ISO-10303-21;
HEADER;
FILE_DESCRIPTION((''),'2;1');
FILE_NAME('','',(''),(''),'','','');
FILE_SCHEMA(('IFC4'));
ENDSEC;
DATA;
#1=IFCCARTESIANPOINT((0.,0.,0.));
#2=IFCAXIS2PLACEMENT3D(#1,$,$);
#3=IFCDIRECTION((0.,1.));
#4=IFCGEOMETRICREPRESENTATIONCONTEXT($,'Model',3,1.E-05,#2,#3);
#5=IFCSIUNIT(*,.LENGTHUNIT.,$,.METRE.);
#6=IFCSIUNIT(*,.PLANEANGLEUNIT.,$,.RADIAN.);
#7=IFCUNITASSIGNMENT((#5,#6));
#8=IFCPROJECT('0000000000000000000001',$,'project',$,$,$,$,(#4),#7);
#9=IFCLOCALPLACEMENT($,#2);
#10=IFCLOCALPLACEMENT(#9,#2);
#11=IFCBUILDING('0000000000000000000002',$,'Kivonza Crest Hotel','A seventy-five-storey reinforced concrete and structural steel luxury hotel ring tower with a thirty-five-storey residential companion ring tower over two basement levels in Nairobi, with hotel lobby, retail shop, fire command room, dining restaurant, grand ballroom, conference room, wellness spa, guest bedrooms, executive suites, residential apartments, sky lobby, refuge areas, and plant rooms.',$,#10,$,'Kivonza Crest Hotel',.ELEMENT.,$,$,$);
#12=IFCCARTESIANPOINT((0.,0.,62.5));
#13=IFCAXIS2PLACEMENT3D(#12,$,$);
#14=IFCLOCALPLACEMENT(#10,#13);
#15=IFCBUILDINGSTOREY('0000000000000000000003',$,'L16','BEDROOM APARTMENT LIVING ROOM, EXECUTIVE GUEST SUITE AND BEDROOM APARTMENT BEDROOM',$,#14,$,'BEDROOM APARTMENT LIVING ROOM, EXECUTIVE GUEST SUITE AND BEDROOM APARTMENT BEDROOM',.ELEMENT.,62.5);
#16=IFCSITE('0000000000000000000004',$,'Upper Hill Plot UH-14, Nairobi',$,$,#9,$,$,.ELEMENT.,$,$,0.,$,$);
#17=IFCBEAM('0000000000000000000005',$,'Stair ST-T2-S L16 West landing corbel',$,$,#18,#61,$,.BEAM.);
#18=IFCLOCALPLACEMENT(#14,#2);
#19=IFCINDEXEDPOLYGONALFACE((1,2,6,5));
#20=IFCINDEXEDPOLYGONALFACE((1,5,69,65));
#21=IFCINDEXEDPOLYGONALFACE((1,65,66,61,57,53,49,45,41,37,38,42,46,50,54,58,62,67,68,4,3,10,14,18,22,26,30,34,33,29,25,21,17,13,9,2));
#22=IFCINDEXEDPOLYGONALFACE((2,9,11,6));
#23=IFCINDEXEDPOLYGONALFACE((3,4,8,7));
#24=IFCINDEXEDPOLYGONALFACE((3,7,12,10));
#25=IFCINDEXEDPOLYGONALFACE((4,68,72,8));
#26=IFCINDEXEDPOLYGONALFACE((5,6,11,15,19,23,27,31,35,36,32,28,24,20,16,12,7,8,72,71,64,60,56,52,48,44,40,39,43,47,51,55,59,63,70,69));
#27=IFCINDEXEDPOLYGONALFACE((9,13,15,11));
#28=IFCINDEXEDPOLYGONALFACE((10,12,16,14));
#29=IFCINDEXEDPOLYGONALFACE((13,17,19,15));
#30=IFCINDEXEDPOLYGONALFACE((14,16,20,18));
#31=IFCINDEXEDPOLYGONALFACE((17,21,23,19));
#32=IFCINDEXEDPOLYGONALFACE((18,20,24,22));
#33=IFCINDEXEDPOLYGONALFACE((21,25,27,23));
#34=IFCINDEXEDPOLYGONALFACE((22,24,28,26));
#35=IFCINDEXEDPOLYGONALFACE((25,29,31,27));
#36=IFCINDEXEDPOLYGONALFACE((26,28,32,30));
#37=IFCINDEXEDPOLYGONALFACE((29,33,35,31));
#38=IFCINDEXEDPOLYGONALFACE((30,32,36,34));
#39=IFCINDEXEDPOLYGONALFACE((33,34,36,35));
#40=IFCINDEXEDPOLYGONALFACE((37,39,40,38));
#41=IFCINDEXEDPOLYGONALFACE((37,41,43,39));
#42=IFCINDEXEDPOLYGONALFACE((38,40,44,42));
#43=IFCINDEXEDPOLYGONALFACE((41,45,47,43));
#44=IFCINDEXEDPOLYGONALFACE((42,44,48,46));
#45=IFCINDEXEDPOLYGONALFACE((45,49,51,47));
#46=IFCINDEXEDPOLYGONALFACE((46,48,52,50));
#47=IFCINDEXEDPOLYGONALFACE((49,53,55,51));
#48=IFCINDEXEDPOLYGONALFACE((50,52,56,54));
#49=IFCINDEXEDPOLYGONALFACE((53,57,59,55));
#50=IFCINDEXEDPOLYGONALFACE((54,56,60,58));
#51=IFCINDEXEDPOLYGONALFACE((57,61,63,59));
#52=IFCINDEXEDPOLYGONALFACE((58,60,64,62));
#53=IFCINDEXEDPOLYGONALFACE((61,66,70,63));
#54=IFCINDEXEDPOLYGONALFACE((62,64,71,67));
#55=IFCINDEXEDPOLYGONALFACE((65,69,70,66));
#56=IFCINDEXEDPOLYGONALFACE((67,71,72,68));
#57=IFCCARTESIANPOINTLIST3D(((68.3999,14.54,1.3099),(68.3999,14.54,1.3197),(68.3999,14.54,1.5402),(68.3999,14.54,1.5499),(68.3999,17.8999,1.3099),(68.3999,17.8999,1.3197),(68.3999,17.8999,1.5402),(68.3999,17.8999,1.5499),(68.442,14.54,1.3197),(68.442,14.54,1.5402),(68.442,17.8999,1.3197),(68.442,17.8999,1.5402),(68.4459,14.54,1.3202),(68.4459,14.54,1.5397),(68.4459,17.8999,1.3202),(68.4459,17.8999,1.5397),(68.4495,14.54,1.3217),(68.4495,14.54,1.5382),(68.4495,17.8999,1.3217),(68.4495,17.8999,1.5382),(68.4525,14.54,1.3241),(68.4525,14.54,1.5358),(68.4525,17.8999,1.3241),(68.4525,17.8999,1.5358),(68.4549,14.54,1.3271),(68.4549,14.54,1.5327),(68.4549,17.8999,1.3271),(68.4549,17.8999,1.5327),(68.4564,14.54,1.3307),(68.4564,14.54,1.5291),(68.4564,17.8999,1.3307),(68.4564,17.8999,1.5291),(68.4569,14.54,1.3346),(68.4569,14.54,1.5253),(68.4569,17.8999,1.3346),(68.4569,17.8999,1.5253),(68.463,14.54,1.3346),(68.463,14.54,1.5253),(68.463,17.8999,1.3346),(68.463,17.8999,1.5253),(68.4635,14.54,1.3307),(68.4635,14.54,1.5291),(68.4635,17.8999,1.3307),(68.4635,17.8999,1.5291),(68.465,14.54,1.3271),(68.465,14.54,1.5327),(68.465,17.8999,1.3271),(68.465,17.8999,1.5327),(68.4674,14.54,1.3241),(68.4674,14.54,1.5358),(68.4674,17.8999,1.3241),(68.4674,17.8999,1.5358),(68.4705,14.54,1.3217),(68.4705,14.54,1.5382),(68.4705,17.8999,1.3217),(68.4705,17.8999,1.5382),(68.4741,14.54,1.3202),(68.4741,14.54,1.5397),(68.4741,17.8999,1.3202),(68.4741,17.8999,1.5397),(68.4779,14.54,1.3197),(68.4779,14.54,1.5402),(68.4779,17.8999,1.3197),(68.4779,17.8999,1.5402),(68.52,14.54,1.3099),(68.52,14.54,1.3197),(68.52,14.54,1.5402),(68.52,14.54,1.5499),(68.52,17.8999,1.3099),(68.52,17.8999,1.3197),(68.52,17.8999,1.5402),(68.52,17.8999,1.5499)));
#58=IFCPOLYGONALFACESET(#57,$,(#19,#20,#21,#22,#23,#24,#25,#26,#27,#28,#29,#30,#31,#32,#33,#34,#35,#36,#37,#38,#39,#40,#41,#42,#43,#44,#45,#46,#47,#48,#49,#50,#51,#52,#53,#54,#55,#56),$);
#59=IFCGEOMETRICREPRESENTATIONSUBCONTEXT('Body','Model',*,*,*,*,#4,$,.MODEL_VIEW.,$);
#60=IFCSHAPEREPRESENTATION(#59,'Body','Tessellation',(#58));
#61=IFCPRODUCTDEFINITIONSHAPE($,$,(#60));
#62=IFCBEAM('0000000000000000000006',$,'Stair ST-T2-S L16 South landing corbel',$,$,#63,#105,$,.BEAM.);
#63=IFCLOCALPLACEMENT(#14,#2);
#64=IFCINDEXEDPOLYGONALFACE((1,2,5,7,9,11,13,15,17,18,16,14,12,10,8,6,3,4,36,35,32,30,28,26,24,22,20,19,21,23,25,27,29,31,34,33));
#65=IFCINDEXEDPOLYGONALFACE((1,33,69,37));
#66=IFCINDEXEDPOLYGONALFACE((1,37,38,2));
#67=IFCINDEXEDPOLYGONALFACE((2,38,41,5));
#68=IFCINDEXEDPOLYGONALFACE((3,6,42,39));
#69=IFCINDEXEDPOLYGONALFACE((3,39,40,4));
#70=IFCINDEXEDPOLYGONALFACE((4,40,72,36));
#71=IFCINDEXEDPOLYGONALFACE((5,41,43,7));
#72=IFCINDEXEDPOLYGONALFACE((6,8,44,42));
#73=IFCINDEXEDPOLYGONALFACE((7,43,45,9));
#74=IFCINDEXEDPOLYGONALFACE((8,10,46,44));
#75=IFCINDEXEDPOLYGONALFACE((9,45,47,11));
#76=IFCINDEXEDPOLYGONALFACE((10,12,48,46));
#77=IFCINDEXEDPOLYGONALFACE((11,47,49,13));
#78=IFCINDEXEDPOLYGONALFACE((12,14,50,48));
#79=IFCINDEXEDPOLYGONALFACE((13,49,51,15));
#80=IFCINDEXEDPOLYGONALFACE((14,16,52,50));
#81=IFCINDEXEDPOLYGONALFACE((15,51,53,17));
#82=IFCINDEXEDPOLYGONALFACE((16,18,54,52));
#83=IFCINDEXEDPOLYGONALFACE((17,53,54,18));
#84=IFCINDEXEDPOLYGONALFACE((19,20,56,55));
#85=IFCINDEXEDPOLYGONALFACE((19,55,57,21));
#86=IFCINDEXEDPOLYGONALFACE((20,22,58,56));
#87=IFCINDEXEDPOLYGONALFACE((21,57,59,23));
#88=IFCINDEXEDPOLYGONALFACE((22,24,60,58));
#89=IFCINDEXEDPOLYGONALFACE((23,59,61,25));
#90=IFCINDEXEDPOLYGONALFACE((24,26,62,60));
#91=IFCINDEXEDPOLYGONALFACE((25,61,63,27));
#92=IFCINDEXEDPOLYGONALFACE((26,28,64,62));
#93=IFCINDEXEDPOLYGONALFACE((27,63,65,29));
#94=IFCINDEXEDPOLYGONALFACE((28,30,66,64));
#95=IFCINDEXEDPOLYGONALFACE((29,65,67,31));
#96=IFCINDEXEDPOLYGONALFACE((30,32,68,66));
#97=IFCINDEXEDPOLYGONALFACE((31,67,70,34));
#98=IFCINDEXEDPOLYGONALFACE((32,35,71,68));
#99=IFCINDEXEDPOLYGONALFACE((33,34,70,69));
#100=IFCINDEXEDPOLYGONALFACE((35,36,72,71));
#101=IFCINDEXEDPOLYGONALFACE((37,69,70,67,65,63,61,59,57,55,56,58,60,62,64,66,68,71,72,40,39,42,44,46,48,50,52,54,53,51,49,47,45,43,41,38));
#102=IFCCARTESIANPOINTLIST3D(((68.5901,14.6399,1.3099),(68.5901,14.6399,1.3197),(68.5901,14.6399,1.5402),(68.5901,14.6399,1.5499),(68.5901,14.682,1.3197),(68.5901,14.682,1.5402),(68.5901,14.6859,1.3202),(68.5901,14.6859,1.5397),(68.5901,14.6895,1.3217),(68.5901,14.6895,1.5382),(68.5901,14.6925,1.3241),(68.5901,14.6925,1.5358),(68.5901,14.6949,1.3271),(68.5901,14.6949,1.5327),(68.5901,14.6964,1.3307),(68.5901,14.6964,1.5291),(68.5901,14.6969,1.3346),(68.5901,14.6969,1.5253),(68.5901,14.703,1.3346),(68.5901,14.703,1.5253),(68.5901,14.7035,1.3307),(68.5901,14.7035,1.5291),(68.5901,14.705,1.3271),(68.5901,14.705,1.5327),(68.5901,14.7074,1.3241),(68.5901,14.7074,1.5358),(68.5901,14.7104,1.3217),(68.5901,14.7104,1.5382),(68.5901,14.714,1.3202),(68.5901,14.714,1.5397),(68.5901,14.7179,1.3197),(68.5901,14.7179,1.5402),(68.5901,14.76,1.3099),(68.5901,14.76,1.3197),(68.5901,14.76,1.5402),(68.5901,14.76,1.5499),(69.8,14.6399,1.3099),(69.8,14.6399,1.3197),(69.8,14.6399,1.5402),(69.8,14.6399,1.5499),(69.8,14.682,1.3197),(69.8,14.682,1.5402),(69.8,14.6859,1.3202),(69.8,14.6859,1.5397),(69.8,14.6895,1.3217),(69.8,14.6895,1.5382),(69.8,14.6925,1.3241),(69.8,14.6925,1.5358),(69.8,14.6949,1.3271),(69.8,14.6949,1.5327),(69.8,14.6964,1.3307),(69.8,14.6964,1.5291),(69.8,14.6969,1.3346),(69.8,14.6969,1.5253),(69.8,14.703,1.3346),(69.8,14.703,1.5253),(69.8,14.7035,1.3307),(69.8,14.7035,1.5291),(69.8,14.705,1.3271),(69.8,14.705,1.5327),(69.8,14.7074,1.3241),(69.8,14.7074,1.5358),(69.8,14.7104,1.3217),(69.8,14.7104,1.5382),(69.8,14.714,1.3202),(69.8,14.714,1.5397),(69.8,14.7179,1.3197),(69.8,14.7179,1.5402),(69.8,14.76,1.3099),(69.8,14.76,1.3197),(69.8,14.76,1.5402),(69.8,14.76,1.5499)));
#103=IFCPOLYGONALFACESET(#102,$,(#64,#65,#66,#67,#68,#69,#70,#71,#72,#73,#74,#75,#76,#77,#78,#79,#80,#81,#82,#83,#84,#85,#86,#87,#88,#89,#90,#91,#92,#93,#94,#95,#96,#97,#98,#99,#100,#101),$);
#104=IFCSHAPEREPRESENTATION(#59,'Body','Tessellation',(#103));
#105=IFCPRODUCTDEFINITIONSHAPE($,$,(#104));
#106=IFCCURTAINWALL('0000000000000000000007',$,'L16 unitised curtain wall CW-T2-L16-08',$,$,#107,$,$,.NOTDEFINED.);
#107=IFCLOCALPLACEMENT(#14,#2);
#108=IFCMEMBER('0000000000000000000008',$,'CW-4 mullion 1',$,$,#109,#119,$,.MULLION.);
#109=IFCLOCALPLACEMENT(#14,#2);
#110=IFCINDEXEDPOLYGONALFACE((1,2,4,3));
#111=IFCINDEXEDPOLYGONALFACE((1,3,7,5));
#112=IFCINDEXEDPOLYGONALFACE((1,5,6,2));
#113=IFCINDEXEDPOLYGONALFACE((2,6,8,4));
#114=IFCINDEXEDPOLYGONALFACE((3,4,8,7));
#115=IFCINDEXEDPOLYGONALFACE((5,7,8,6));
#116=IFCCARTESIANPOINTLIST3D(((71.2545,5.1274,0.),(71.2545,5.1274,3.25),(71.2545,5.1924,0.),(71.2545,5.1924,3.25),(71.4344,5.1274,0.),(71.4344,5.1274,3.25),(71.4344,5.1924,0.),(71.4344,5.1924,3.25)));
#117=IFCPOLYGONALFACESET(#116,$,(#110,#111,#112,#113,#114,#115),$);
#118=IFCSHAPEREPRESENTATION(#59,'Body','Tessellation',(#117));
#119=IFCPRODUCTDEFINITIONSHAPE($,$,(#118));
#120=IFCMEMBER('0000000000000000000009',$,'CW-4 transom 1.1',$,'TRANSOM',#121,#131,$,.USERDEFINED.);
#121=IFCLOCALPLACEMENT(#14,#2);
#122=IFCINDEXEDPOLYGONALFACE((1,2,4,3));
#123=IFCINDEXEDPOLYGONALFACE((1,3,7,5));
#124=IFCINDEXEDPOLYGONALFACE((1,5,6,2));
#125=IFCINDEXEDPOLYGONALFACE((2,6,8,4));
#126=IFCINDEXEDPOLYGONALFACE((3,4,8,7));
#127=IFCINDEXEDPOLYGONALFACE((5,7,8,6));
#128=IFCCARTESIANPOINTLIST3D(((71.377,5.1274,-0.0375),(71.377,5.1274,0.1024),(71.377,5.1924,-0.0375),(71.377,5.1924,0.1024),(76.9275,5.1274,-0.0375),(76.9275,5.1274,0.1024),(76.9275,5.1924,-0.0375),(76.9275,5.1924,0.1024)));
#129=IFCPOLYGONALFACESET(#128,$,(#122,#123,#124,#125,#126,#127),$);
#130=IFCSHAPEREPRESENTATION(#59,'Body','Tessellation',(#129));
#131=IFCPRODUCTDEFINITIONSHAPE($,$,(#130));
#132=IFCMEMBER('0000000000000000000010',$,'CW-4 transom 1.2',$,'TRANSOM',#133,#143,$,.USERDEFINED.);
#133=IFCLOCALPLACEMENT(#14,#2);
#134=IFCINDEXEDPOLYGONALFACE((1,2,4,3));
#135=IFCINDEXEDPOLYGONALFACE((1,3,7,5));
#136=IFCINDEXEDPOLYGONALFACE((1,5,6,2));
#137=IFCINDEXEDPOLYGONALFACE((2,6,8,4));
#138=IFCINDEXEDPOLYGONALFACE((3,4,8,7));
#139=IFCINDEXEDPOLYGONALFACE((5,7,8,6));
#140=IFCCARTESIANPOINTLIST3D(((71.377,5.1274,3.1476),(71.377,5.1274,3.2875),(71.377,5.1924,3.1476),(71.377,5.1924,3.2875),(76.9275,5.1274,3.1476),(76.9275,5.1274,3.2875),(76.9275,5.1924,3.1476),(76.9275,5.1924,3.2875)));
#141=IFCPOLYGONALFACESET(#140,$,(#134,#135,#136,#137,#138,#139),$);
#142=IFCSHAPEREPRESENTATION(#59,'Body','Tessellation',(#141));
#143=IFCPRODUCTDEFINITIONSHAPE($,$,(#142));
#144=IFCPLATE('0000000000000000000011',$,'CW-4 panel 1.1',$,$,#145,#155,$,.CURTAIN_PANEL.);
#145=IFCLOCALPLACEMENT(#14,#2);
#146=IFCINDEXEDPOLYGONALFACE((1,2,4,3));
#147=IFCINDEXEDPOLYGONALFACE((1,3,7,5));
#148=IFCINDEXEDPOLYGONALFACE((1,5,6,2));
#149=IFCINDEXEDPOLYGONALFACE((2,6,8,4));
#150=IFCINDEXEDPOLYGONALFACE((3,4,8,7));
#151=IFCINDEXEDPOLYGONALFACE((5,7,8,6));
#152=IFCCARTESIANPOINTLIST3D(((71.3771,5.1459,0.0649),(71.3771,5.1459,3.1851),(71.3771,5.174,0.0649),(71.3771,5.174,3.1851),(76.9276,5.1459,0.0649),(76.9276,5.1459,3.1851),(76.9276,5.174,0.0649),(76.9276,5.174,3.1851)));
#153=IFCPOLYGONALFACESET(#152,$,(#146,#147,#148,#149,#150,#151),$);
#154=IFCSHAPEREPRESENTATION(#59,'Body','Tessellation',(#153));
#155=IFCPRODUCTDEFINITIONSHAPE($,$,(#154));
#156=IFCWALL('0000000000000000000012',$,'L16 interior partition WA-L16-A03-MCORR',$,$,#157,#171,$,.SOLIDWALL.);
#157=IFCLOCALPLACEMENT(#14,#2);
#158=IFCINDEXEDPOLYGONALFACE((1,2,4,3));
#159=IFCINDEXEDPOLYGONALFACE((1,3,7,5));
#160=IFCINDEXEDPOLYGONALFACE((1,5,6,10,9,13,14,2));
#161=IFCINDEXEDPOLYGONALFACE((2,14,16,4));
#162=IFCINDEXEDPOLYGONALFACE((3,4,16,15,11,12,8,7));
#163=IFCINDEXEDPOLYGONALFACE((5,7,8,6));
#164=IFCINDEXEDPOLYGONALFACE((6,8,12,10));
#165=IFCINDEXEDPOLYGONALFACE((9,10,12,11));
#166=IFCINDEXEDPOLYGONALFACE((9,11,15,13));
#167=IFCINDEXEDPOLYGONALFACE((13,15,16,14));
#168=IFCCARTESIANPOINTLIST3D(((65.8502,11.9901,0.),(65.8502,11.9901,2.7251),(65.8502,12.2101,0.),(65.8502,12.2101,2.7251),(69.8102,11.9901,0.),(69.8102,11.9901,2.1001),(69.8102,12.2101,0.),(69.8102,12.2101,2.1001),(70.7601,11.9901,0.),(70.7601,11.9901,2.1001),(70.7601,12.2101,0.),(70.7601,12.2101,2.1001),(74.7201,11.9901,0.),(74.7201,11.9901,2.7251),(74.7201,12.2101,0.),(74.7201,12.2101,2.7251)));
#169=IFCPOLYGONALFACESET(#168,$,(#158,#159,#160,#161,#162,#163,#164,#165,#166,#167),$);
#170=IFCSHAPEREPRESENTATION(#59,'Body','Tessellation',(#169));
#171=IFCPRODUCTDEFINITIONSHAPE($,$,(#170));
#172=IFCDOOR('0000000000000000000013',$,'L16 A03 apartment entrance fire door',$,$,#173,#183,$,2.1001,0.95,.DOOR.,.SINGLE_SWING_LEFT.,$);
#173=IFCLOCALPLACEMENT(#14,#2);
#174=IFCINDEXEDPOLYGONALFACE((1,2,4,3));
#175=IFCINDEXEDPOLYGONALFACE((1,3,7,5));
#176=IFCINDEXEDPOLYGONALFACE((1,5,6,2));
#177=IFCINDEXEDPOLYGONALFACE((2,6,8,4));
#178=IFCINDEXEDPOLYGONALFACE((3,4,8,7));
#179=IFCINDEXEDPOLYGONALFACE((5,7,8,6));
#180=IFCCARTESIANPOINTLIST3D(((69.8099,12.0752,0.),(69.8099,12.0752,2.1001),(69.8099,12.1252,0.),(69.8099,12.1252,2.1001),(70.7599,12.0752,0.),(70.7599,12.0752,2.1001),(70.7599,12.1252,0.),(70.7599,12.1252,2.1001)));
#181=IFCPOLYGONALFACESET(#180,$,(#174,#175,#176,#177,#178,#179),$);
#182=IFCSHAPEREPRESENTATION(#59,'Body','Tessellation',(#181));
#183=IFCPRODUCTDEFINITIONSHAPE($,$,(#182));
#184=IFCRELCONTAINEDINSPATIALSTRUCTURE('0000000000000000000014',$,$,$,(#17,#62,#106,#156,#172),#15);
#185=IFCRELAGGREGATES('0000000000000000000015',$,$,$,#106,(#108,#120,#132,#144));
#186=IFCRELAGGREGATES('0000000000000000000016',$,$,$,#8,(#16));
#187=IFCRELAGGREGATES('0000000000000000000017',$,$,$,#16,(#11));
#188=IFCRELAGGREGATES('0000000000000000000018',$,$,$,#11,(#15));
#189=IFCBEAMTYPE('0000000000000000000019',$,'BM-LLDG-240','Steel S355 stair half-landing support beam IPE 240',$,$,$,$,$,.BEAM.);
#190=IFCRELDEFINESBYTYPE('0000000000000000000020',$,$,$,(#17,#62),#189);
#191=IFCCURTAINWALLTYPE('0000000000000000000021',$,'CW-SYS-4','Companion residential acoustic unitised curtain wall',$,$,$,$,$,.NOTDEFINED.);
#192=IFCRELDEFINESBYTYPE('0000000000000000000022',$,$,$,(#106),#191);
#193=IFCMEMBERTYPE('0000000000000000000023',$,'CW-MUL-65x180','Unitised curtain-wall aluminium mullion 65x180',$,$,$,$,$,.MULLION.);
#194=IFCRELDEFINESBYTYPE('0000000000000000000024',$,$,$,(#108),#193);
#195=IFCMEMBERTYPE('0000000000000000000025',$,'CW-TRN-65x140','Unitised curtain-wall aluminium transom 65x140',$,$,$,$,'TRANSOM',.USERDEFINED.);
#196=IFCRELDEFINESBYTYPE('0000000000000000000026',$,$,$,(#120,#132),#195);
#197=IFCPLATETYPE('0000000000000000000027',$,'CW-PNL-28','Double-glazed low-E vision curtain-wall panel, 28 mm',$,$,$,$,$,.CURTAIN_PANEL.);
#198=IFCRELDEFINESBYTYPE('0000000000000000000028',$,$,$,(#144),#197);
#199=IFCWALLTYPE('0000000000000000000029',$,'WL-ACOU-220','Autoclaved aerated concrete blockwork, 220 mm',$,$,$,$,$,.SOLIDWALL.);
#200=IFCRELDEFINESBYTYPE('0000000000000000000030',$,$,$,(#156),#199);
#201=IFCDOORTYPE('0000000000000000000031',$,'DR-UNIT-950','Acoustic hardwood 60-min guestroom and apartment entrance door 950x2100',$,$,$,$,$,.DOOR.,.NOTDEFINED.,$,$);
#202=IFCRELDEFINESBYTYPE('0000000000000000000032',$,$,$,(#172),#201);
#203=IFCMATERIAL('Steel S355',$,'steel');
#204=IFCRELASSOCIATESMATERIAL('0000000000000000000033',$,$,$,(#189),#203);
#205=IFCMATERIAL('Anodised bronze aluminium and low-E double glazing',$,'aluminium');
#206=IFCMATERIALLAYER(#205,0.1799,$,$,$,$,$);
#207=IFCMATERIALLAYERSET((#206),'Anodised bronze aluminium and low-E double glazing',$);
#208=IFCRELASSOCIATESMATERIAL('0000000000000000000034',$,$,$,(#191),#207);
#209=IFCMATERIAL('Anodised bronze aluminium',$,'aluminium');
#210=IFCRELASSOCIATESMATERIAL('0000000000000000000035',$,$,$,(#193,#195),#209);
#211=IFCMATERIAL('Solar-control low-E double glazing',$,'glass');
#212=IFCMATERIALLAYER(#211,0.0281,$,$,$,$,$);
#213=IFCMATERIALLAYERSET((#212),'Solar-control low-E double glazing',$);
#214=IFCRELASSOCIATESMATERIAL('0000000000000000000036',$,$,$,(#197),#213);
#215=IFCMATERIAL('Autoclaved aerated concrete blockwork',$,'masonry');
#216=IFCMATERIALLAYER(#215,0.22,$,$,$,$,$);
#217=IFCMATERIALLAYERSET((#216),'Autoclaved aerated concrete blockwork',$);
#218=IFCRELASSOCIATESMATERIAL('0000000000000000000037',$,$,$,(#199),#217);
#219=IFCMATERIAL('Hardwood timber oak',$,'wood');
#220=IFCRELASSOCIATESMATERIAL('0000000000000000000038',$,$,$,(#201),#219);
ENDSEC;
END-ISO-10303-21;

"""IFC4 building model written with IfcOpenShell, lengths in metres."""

from ifc_helpers import new_model, si_unit, direction, frame, frame_2d, origin, origin_2d, place, context, subcontext, project, spatial, rectangle, i_section, extrude, material, layer, layer_set, material_profile, profile_set, type_object, element, fill, aggregate, save


model = new_model("IFC4")

# Units and contexts
model_context = context("Model", 3, precision=1e-05, world=origin(), true_north=direction((0.0, 1.0)))
body_context = subcontext(model_context, "Body", "Model", "MODEL_VIEW")
ifc_project = project(units=[si_unit("LENGTHUNIT", "METRE"), si_unit("PLANEANGLEUNIT", "RADIAN")], contexts=[model_context])

# Site, building, storey
site_placement = place(None, origin())
site = spatial("IfcSite", under=ifc_project, at=site_placement, Name="Upper Hill Plot UH-14, Nairobi", CompositionType="ELEMENT", RefElevation=0.0)
building_placement = place(site_placement, origin())
building = spatial("IfcBuilding", under=site, at=building_placement, Name="Kivonza Crest Hotel", Description="A seventy-five-storey reinforced concrete and structural steel luxury hotel ring tower with a thirty-five-storey residential companion ring tower over two basement levels in Nairobi, with hotel lobby, retail shop, fire command room, dining restaurant, grand ballroom, conference room, wellness spa, guest bedrooms, executive suites, residential apartments, sky lobby, refuge areas, and plant rooms.", LongName="Kivonza Crest Hotel", CompositionType="ELEMENT")
storey_placement = place(building_placement, frame((0.0, 0.0, 62.5)))
storey = spatial("IfcBuildingStorey", under=building, at=storey_placement, Name="L16", Description="BEDROOM APARTMENT LIVING ROOM, EXECUTIVE GUEST SUITE AND BEDROOM APARTMENT BEDROOM", LongName="BEDROOM APARTMENT LIVING ROOM, EXECUTIVE GUEST SUITE AND BEDROOM APARTMENT BEDROOM", CompositionType="ELEMENT", Elevation=62.5)

# Beams
ifc_material_1 = material(Name="Steel S355", Category="steel")
ifc_material_profile_1 = material_profile(ifc_material_1, i_section(OverallWidth=0.1201, OverallDepth=0.24, WebThickness=0.0061, FlangeThickness=0.0098, FilletRadius=0.0149, at=origin_2d()), Name="IPE 240")
ifc_profile_set_1 = profile_set([ifc_material_profile_1], Name="Steel S355")
beam_type_1 = type_object("IfcBeamType", Name="BM-LLDG-240", Description="Steel S355 stair half-landing support beam IPE 240", PredefinedType="BEAM", material=ifc_profile_set_1)
beam_1_placement = place(storey_placement, frame((68.46, 14.54, 1.4299), z_axis=(0.0, 1.0, 0.0), x_axis=(-1.0, 0.0, 0.0)))
element("IfcBeam", 1, at=beam_1_placement, inside=storey, type_object=beam_type_1, Name="Stair ST-T2-S L16 West landing corbel", PredefinedType="BEAM", context=body_context, shape_type="SweptSolid", body=[
    extrude(i_section(OverallWidth=0.1201, OverallDepth=0.24, WebThickness=0.0061, FlangeThickness=0.0098, FilletRadius=0.0149, at=origin_2d()), origin(), (0.0, 0.0, 1.0), 3.3599),
])
beam_2_placement = place(storey_placement, frame((68.5901, 14.7, 1.4299), z_axis=(1.0, 0.0, 0.0), x_axis=(0.0, 1.0, 0.0)))
element("IfcBeam", 2, at=beam_2_placement, inside=storey, type_object=beam_type_1, Name="Stair ST-T2-S L16 South landing corbel", PredefinedType="BEAM", context=body_context, shape_type="SweptSolid", body=[
    extrude(i_section(OverallWidth=0.1201, OverallDepth=0.24, WebThickness=0.0061, FlangeThickness=0.0098, FilletRadius=0.0149, at=origin_2d()), origin(), (0.0, 0.0, 1.0), 1.21),
])

# Curtain wall, members, plate
ifc_material_2 = material(Name="Anodised bronze aluminium and low-E double glazing", Category="aluminium")
ifc_layer_1 = layer(ifc_material_2, 0.1799)
ifc_layer_set_1 = layer_set([ifc_layer_1], Name="Anodised bronze aluminium and low-E double glazing")
curtain_wall_type = type_object("IfcCurtainWallType", Name="CW-SYS-4", Description="Companion residential acoustic unitised curtain wall", PredefinedType="NOTDEFINED", material=ifc_layer_set_1)
curtain_wall_placement = place(storey_placement, origin())
curtain_wall = element("IfcCurtainWall", 3, at=curtain_wall_placement, inside=storey, type_object=curtain_wall_type, Name="L16 unitised curtain wall CW-T2-L16-08", PredefinedType="NOTDEFINED")
ifc_material_3 = material(Name="Anodised bronze aluminium", Category="aluminium")
ifc_material_profile_2 = material_profile(ifc_material_3, rectangle(XDim=0.0649, YDim=0.1799, at=origin_2d()), Name="CW-M 65x180")
ifc_profile_set_2 = profile_set([ifc_material_profile_2], Name="Anodised bronze aluminium")
member_type_1 = type_object("IfcMemberType", Name="CW-MUL-65x180", Description="Unitised curtain-wall aluminium mullion 65x180", PredefinedType="MULLION", material=ifc_profile_set_2)
member_1_placement = place(storey_placement, frame((71.3445, 5.1599, 0.0), z_axis=(0.0, 0.0, 1.0), x_axis=(0.0, 1.0, 0.0)))
member_1 = element("IfcMember", 4, at=member_1_placement, type_object=member_type_1, Name="CW-4 mullion 1", PredefinedType="MULLION", context=body_context, shape_type="SweptSolid", body=[
    extrude(rectangle(XDim=0.0649, YDim=0.1799, at=origin_2d()), origin(), (0.0, 0.0, 1.0), 3.25),
])
ifc_material_profile_3 = material_profile(ifc_material_3, rectangle(XDim=0.0649, YDim=0.1399, at=origin_2d()), Name="CW-T 65x140")
ifc_profile_set_3 = profile_set([ifc_material_profile_3], Name="Anodised bronze aluminium")
member_type_2 = type_object("IfcMemberType", Name="CW-TRN-65x140", Description="Unitised curtain-wall aluminium transom 65x140", ElementType="TRANSOM", PredefinedType="USERDEFINED", material=ifc_profile_set_3)
member_2_placement = place(storey_placement, frame((71.377, 5.1599, 0.0325), z_axis=(1.0, 0.0, 0.0), x_axis=(0.0, 1.0, 0.0)))
member_2 = element("IfcMember", 5, at=member_2_placement, type_object=member_type_2, Name="CW-4 transom 1.1", ObjectType="TRANSOM", PredefinedType="USERDEFINED", context=body_context, shape_type="SweptSolid", body=[
    extrude(rectangle(XDim=0.0649, YDim=0.1399, at=origin_2d()), origin(), (0.0, 0.0, 1.0), 5.5505),
])
member_3_placement = place(storey_placement, frame((71.377, 5.1599, 3.2175), z_axis=(1.0, 0.0, 0.0), x_axis=(0.0, 1.0, 0.0)))
member_3 = element("IfcMember", 6, at=member_3_placement, type_object=member_type_2, Name="CW-4 transom 1.2", ObjectType="TRANSOM", PredefinedType="USERDEFINED", context=body_context, shape_type="SweptSolid", body=[
    extrude(rectangle(XDim=0.0649, YDim=0.1399, at=origin_2d()), origin(), (0.0, 0.0, 1.0), 5.5505),
])
ifc_material_4 = material(Name="Solar-control low-E double glazing", Category="glass")
ifc_layer_2 = layer(ifc_material_4, 0.0281)
ifc_layer_set_2 = layer_set([ifc_layer_2], Name="Solar-control low-E double glazing")
plate_type = type_object("IfcPlateType", Name="CW-PNL-28", Description="Double-glazed low-E vision curtain-wall panel, 28 mm", PredefinedType="CURTAIN_PANEL", material=ifc_layer_set_2)
plate_placement = place(storey_placement, frame((74.1523, 5.1599, 0.0649), z_axis=(0.0, 0.0, 1.0), x_axis=(1.0, 0.0, 0.0)))
plate = element("IfcPlate", 7, at=plate_placement, type_object=plate_type, Name="CW-4 panel 1.1", PredefinedType="CURTAIN_PANEL", context=body_context, shape_type="SweptSolid", body=[
    extrude(rectangle(XDim=5.5505, YDim=0.0281, at=origin_2d()), origin(), (0.0, 0.0, 1.0), 3.1201),
])
aggregate(curtain_wall, [member_1, member_2, member_3, plate])

# Wall, opening, door
ifc_material_5 = material(Name="Autoclaved aerated concrete blockwork", Category="masonry")
ifc_layer_3 = layer(ifc_material_5, 0.22)
ifc_layer_set_3 = layer_set([ifc_layer_3], Name="Autoclaved aerated concrete blockwork")
wall_type_1 = type_object("IfcWallType", Name="WL-ACOU-220", Description="Autoclaved aerated concrete blockwork, 220 mm", PredefinedType="SOLIDWALL", material=ifc_layer_set_3)
wall_1_placement = place(storey_placement, frame((65.8501, 12.1001, 0.0), z_axis=(0.0, 0.0, 1.0), x_axis=(1.0, 0.0, 0.0)))
wall_1 = element("IfcWall", 8, at=wall_1_placement, inside=storey, type_object=wall_type_1, Name="L16 interior partition WA-L16-A03-MCORR", PredefinedType="SOLIDWALL", context=body_context, shape_type="SweptSolid", body=[
    extrude(rectangle(XDim=8.8699, YDim=0.22, at=frame_2d((4.4351, 0.0))), origin(), (0.0, 0.0, 1.0), 2.7251),
])
opening_1_placement = place(wall_1_placement, frame((3.96, 0.0, 0.0)))
opening_1 = element("IfcOpeningElement", 9, at=opening_1_placement, cuts=wall_1, PredefinedType="OPENING", context=body_context, shape_type="SweptSolid", body=[
    extrude(rectangle(XDim=0.95, YDim=2.1001, at=frame_2d((0.4751, 1.05))), frame((0.0, 0.1201, 0.0), z_axis=(0.0, -1.0, 0.0), x_axis=(1.0, 0.0, 0.0)), (0.0, 0.0, 1.0), 0.24),
])
ifc_material_6 = material(Name="Hardwood timber oak", Category="wood")
door_type_1 = type_object("IfcDoorType", Name="DR-UNIT-950", Description="Acoustic hardwood 60-min guestroom and apartment entrance door 950x2100", OperationType="NOTDEFINED", PredefinedType="DOOR", material=ifc_material_6)
door_1_placement = place(opening_1_placement, frame((0.95, 0.0, 0.0), z_axis=(0.0, 0.0, 1.0), x_axis=(-1.0, 0.0, 0.0)))
door_1 = element("IfcDoor", 10, at=door_1_placement, inside=storey, type_object=door_type_1, Name="L16 A03 apartment entrance fire door", OperationType="SINGLE_SWING_LEFT", OverallHeight=2.1001, OverallWidth=0.95, PredefinedType="DOOR", context=body_context, shape_type="SweptSolid", body=[
    extrude(rectangle(XDim=0.95, YDim=2.1001, at=frame_2d((0.4751, 1.05))), frame((0.0, 0.0249, 0.0), z_axis=(0.0, -1.0, 0.0), x_axis=(1.0, 0.0, 0.0)), (0.0, 0.0, 1.0), 0.05),
])
fill(opening_1, door_1)

save(model, "model.ifc")
